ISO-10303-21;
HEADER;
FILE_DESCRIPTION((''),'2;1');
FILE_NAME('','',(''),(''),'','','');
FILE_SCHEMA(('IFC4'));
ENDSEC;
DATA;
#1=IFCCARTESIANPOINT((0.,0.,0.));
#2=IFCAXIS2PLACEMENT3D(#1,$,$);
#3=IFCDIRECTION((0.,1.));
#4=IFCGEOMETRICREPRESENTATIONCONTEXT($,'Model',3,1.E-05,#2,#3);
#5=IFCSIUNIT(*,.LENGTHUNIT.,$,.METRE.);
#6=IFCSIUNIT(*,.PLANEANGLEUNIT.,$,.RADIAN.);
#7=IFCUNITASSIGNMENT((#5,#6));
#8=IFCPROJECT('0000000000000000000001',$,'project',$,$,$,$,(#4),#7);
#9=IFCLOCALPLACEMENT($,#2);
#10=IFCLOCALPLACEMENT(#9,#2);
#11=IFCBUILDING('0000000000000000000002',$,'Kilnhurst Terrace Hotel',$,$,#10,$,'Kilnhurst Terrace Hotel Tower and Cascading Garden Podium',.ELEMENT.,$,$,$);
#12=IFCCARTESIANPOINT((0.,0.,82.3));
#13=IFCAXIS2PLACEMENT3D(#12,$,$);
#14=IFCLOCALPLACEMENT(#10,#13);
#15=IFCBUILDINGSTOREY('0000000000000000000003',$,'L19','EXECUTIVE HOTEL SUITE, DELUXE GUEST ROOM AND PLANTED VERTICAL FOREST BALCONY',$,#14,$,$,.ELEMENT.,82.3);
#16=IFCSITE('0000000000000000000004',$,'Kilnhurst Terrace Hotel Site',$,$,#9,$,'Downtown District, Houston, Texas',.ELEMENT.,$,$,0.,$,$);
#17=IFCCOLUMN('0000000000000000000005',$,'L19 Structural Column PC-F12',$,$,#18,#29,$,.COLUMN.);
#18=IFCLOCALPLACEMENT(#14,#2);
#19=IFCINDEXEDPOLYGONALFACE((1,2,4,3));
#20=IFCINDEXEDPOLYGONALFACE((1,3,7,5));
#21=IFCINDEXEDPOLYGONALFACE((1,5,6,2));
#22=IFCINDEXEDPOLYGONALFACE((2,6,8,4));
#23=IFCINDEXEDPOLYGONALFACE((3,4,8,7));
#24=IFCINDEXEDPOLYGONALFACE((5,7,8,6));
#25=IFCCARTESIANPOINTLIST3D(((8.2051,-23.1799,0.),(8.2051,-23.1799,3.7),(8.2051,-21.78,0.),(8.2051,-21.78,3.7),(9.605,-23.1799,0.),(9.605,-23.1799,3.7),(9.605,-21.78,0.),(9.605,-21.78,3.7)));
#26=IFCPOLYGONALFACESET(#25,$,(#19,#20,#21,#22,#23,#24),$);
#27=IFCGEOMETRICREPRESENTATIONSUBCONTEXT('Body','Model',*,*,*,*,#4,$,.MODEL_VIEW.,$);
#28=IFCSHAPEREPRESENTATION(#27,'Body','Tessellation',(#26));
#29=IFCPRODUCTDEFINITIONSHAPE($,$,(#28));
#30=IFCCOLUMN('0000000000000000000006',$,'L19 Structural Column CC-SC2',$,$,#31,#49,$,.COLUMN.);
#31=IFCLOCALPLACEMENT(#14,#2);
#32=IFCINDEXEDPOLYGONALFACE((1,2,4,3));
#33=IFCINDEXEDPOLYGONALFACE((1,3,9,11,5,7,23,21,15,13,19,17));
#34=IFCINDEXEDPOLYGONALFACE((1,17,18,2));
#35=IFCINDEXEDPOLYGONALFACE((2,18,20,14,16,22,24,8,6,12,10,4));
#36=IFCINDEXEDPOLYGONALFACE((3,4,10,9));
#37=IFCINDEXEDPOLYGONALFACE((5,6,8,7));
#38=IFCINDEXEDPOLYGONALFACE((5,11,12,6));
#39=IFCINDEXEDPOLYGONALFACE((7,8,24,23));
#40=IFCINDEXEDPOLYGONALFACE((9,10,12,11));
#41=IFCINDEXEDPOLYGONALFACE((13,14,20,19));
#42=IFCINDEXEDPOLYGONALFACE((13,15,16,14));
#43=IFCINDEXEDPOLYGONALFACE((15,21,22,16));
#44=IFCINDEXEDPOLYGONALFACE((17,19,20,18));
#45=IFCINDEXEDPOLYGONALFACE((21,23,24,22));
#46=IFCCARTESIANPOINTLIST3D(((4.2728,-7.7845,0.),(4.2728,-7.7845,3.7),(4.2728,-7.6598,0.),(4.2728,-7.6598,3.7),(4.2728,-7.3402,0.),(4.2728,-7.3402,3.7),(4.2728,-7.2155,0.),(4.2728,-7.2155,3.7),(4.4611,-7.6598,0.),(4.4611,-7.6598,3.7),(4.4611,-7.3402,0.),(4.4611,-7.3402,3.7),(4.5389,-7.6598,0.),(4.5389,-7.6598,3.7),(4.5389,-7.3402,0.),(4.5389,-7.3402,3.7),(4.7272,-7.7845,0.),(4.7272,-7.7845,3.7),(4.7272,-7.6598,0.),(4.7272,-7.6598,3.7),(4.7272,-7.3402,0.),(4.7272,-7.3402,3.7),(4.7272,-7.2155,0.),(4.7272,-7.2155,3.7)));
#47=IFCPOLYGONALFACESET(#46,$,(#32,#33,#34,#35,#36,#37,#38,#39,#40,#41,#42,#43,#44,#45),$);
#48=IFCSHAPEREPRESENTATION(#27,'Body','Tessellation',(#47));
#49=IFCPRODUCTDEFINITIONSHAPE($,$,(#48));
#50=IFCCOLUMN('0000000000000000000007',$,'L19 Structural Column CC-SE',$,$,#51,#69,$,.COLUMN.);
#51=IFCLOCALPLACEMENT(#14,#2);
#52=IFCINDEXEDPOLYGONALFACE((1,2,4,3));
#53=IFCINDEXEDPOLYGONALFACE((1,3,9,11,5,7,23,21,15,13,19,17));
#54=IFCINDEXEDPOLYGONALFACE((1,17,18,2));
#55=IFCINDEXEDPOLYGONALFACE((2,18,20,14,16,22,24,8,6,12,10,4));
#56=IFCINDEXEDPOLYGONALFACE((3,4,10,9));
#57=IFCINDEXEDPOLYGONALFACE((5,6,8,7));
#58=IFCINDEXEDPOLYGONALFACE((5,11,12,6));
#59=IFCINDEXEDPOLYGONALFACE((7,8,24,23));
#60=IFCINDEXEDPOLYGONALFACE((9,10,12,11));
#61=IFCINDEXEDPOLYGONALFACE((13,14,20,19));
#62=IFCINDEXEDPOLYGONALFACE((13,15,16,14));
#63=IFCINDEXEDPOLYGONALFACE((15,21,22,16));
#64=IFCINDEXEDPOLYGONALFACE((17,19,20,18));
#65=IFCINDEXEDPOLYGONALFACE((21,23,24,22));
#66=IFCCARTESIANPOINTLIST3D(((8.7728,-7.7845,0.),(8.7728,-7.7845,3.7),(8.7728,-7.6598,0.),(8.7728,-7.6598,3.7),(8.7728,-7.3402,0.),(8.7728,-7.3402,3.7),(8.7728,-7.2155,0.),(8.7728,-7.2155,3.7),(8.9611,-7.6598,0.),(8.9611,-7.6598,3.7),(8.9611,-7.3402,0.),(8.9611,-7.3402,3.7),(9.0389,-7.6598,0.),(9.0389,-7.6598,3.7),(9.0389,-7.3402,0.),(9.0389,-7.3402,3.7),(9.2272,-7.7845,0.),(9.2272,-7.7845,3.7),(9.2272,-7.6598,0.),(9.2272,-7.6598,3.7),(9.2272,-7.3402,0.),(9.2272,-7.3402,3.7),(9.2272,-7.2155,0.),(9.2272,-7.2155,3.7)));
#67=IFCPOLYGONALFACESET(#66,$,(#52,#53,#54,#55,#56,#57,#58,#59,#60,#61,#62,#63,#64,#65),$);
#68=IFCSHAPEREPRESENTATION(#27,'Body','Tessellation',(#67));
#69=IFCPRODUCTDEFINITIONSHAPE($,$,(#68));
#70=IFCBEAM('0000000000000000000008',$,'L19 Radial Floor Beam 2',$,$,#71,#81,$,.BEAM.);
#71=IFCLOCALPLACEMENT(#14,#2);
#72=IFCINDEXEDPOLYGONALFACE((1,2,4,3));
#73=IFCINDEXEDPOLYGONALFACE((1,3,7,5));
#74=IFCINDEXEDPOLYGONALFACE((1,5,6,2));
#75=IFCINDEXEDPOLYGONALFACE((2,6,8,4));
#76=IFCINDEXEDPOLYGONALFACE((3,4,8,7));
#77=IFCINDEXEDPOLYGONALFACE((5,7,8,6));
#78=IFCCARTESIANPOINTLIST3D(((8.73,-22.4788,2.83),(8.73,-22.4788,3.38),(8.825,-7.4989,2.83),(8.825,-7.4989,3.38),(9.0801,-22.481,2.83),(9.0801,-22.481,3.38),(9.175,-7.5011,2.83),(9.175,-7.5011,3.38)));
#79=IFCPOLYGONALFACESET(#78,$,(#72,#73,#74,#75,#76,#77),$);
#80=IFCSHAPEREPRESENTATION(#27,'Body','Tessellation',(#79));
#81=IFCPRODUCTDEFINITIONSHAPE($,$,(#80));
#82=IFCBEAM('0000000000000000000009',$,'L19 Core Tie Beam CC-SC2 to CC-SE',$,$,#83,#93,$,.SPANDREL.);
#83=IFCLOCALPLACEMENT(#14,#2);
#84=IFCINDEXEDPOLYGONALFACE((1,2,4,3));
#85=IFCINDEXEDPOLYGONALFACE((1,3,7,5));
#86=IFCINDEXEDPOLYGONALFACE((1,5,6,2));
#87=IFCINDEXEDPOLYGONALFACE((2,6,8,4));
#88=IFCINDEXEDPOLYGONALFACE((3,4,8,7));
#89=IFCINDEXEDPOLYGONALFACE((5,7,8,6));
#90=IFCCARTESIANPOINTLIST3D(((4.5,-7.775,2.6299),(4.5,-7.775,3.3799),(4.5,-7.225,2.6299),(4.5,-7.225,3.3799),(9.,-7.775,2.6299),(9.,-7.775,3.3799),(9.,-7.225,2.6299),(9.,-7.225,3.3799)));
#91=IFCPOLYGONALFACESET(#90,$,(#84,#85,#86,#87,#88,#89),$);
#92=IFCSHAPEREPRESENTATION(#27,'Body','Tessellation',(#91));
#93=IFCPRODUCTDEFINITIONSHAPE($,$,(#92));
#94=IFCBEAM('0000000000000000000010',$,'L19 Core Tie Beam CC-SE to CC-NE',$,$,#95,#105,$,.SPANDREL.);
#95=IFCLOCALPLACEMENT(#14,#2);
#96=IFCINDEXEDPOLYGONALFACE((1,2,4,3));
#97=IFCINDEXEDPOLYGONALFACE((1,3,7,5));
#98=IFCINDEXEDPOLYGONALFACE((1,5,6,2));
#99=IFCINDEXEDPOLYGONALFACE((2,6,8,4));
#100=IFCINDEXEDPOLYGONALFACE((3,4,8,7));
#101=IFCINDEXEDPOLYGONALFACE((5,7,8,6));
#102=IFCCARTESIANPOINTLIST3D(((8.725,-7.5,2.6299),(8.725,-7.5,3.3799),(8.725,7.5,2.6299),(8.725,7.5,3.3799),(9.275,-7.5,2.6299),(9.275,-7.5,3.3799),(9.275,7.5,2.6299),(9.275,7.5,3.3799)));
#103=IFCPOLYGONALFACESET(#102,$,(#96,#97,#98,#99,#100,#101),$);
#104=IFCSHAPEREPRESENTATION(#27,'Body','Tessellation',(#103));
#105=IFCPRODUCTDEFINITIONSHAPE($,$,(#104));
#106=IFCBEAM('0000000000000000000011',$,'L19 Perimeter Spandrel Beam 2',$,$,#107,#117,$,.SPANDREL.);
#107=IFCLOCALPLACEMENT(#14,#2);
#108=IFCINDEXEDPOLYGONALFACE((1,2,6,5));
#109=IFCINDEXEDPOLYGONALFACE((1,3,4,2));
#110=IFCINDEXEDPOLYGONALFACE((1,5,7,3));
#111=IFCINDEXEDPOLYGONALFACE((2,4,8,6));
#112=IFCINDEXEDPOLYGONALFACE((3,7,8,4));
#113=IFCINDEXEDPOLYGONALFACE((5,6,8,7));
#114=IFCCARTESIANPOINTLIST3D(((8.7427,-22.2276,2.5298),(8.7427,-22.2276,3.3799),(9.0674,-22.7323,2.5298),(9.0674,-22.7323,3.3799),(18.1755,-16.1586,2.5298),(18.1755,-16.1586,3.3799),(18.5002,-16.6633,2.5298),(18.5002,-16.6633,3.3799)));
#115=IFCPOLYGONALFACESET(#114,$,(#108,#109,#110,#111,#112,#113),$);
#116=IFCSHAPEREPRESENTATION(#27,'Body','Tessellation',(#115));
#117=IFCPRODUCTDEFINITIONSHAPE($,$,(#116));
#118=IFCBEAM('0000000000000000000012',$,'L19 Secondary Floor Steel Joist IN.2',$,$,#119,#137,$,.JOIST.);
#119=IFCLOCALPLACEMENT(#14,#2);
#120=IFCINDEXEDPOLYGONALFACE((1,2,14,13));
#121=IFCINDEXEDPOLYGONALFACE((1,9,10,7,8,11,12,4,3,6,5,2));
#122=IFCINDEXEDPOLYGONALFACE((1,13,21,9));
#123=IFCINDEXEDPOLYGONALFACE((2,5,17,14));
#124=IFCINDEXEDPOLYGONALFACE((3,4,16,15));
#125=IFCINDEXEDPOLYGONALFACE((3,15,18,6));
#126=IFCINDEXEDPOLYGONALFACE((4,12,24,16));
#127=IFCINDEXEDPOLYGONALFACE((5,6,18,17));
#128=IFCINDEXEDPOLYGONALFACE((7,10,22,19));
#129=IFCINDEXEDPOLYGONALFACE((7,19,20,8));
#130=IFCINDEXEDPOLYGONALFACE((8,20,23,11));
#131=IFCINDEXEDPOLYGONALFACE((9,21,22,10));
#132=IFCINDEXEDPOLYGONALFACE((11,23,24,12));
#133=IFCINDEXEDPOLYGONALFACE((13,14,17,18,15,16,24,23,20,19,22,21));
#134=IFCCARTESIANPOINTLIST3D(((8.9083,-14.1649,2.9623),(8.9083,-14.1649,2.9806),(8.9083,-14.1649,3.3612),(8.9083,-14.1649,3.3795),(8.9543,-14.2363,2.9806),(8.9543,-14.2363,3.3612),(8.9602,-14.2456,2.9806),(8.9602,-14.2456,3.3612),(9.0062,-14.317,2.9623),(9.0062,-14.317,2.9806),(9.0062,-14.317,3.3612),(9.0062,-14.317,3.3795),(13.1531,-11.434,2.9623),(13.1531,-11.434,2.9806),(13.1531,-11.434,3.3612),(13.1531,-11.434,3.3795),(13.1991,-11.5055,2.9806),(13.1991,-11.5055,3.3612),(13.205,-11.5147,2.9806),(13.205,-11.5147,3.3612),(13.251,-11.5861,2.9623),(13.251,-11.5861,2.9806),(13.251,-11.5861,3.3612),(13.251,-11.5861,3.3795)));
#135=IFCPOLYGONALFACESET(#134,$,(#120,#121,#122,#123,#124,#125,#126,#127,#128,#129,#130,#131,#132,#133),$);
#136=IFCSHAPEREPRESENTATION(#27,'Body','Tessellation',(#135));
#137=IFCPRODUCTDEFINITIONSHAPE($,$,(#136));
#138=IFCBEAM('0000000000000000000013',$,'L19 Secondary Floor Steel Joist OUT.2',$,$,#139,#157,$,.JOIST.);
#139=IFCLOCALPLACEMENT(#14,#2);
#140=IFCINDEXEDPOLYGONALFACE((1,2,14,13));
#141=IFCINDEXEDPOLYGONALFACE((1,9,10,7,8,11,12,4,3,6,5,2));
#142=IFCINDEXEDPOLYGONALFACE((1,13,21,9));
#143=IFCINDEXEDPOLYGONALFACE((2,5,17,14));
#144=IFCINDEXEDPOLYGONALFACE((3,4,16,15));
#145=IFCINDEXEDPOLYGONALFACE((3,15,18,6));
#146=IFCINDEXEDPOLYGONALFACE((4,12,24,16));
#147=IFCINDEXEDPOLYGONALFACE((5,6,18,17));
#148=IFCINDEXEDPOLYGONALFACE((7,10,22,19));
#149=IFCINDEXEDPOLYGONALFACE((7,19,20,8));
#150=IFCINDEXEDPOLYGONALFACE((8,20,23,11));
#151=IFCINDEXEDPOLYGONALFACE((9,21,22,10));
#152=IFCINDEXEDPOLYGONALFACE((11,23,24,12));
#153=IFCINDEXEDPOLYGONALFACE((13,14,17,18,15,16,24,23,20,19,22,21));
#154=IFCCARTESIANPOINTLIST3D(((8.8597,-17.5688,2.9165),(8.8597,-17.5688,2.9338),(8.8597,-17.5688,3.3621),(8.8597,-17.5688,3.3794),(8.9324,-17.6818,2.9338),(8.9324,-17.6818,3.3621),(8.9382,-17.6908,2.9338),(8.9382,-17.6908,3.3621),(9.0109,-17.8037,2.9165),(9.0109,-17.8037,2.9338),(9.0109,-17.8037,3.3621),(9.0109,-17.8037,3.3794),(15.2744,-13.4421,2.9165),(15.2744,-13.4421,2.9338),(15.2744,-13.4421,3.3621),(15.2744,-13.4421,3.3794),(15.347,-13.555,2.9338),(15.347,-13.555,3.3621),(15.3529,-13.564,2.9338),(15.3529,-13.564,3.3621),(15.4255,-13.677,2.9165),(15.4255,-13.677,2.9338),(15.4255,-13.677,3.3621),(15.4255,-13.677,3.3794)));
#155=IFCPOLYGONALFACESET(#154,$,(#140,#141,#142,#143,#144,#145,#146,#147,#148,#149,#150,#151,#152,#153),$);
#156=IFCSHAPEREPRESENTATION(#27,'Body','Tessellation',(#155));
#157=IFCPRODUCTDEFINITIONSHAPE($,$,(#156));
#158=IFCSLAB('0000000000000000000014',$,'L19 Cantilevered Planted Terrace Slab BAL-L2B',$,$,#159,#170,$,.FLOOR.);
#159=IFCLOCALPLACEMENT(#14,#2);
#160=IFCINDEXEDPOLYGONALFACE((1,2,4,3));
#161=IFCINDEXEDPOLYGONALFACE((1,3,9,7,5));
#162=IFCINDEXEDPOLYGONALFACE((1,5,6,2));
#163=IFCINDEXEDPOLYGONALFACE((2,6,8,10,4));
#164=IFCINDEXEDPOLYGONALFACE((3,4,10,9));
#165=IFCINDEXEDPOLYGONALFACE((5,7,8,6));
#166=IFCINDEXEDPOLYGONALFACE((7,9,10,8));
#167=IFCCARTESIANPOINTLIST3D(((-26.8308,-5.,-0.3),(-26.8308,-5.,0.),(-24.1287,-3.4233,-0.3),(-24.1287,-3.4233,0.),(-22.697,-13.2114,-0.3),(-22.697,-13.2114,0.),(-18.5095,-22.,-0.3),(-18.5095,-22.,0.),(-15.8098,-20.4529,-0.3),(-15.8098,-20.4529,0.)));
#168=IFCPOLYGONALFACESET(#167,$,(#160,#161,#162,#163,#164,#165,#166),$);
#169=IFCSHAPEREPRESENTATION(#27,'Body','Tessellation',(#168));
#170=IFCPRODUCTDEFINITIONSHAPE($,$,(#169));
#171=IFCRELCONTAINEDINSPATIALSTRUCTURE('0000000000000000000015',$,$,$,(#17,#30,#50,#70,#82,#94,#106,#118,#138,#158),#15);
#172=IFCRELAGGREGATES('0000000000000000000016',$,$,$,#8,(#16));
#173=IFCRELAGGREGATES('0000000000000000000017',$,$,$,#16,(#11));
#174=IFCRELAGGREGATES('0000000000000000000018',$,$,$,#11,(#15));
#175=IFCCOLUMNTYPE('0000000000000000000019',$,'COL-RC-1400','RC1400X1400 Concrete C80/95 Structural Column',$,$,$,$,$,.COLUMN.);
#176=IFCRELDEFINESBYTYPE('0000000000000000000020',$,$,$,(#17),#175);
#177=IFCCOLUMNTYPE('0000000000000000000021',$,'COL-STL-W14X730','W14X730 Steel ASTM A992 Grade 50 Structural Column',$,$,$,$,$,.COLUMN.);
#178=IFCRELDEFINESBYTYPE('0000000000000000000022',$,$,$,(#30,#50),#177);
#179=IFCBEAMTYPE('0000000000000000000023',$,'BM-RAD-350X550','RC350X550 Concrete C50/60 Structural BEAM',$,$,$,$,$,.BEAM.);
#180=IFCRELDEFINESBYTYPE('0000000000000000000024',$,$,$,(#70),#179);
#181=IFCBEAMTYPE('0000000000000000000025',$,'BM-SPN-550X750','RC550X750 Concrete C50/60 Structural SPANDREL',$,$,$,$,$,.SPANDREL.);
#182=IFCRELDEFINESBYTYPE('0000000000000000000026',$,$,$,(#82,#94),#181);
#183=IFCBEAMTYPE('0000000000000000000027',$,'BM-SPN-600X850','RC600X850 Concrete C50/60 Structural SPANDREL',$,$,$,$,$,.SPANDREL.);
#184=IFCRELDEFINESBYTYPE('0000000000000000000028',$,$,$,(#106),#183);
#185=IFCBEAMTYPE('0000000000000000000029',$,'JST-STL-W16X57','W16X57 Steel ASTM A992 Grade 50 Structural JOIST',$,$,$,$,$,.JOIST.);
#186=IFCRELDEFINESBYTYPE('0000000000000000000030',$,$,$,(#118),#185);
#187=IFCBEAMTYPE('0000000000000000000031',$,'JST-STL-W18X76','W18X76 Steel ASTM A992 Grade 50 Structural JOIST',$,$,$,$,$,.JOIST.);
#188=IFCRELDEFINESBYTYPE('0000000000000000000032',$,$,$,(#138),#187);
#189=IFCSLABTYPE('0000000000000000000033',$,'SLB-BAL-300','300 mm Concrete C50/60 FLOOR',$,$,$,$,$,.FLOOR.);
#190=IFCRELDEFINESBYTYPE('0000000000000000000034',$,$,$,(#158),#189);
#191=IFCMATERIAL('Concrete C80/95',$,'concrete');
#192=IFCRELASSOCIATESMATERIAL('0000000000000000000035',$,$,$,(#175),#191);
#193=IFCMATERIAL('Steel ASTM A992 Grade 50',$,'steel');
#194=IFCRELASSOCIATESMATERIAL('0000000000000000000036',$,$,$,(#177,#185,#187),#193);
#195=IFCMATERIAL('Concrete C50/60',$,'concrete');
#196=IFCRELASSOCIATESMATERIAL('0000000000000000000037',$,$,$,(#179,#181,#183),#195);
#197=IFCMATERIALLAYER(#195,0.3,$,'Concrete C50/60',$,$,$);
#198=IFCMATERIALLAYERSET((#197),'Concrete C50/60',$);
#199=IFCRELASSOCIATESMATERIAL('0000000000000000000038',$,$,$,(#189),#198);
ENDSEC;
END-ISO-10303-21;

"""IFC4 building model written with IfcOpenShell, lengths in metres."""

from ifc_helpers import new_model, si_unit, direction, frame, origin, origin_2d, place, context, subcontext, project, spatial, polyline, rectangle, i_section, outline, extrude, material, layer, layer_set, material_profile, profile_set, type_object, element, save


model = new_model("IFC4")

# Units and contexts
model_context = context("Model", 3, precision=1e-05, world=origin(), true_north=direction((0.0, 1.0)))
body_context = subcontext(model_context, "Body", "Model", "MODEL_VIEW")
ifc_project = project(units=[si_unit("LENGTHUNIT", "METRE"), si_unit("PLANEANGLEUNIT", "RADIAN")], contexts=[model_context])

# Site, building, storey
site_placement = place(None, origin())
site = spatial("IfcSite", under=ifc_project, at=site_placement, Name="Kilnhurst Terrace Hotel Site", LongName="Downtown District, Houston, Texas", CompositionType="ELEMENT", RefElevation=0.0)
building_placement = place(site_placement, origin())
building = spatial("IfcBuilding", under=site, at=building_placement, Name="Kilnhurst Terrace Hotel", LongName="Kilnhurst Terrace Hotel Tower and Cascading Garden Podium", CompositionType="ELEMENT")
storey_placement = place(building_placement, frame((0.0, 0.0, 82.3)))
storey = spatial("IfcBuildingStorey", under=building, at=storey_placement, Name="L19", Description="EXECUTIVE HOTEL SUITE, DELUXE GUEST ROOM AND PLANTED VERTICAL FOREST BALCONY", CompositionType="ELEMENT", Elevation=82.3)

# Columns
ifc_material_1 = material(Name="Concrete C80/95", Category="concrete")
ifc_material_profile_1 = material_profile(ifc_material_1, rectangle(XDim=1.3999, YDim=1.3999, at=origin_2d()), Name="RC1400X1400")
ifc_profile_set_1 = profile_set([ifc_material_profile_1], Name="Concrete C80/95")
column_type_1 = type_object("IfcColumnType", Name="COL-RC-1400", Description="RC1400X1400 Concrete C80/95 Structural Column", PredefinedType="COLUMN", material=ifc_profile_set_1)
column_placement = place(storey_placement, frame((8.905, -22.48, 0.0), z_axis=(0.0, 0.0, 1.0), x_axis=(1.0, 0.0, 0.0)))
element("IfcColumn", 1, at=column_placement, inside=storey, type_object=column_type_1, Name="L19 Structural Column PC-F12", PredefinedType="COLUMN", context=body_context, shape_type="SweptSolid", body=[
    extrude(rectangle(XDim=1.3999, YDim=1.3999, at=origin_2d()), origin(), (0.0, 0.0, 1.0), 3.7),
])
ifc_material_2 = material(Name="Steel ASTM A992 Grade 50", Category="steel")
ifc_material_profile_2 = material_profile(ifc_material_2, i_section(OverallWidth=0.4543, OverallDepth=0.5691, WebThickness=0.0779, FlangeThickness=0.1248, at=origin_2d()), Name="W14X730")
ifc_profile_set_2 = profile_set([ifc_material_profile_2], Name="Steel ASTM A992 Grade 50")
column_type_2 = type_object("IfcColumnType", Name="COL-STL-W14X730", Description="W14X730 Steel ASTM A992 Grade 50 Structural Column", PredefinedType="COLUMN", material=ifc_profile_set_2)
for number, where, z_axis, x_axis, name in (
    (2, (4.5, -7.5, 0.0), (0.0, 0.0, 1.0), (1.0, 0.0, 0.0), "L19 Structural Column CC-SC2"),
    (3, (9.0, -7.5, 0.0), (0.0, 0.0, 1.0), (1.0, 0.0, 0.0), "L19 Structural Column CC-SE"),
):
    element("IfcColumn", number, at=place(storey_placement, frame(where, z_axis=z_axis, x_axis=x_axis)), inside=storey, type_object=column_type_2, Name=name, PredefinedType="COLUMN", context=body_context, shape_type="SweptSolid", body=[
        extrude(i_section(OverallWidth=0.4543, OverallDepth=0.5691, WebThickness=0.0779, FlangeThickness=0.1248, at=origin_2d()), origin(), (0.0, 0.0, 1.0), 3.7),
    ])

# Beams
ifc_material_3 = material(Name="Concrete C50/60", Category="concrete")
ifc_material_profile_3 = material_profile(ifc_material_3, rectangle(XDim=0.3501, YDim=0.55, at=origin_2d()), Name="RC350X550")
ifc_profile_set_3 = profile_set([ifc_material_profile_3], Name="Concrete C50/60")
beam_type_1 = type_object("IfcBeamType", Name="BM-RAD-350X550", Description="RC350X550 Concrete C50/60 Structural BEAM", PredefinedType="BEAM", material=ifc_profile_set_3)
beam_1_placement = place(storey_placement, frame((9.0, -7.5, 3.105), z_axis=(-0.00634, -0.99998, 0.0), x_axis=(0.99998, -0.00634, 0.0)))
element("IfcBeam", 4, at=beam_1_placement, inside=storey, type_object=beam_type_1, Name="L19 Radial Floor Beam 2", PredefinedType="BEAM", context=body_context, shape_type="SweptSolid", body=[
    extrude(rectangle(XDim=0.3501, YDim=0.55, at=origin_2d()), origin(), (0.0, 0.0, 1.0), 14.9802),
])
ifc_material_profile_4 = material_profile(ifc_material_3, rectangle(XDim=0.55, YDim=0.75, at=origin_2d()), Name="RC550X750")
ifc_profile_set_4 = profile_set([ifc_material_profile_4], Name="Concrete C50/60")
beam_type_2 = type_object("IfcBeamType", Name="BM-SPN-550X750", Description="RC550X750 Concrete C50/60 Structural SPANDREL", PredefinedType="SPANDREL", material=ifc_profile_set_4)
beam_2_placement = place(storey_placement, frame((4.5, -7.5, 3.0049), z_axis=(1.0, 0.0, 0.0), x_axis=(0.0, 1.0, 0.0)))
element("IfcBeam", 5, at=beam_2_placement, inside=storey, type_object=beam_type_2, Name="L19 Core Tie Beam CC-SC2 to CC-SE", PredefinedType="SPANDREL", context=body_context, shape_type="SweptSolid", body=[
    extrude(rectangle(XDim=0.55, YDim=0.75, at=origin_2d()), origin(), (0.0, 0.0, 1.0), 4.5),
])
beam_3_placement = place(storey_placement, frame((9.0, -7.5, 3.0049), z_axis=(0.0, 1.0, 0.0), x_axis=(-1.0, 0.0, 0.0)))
element("IfcBeam", 6, at=beam_3_placement, inside=storey, type_object=beam_type_2, Name="L19 Core Tie Beam CC-SE to CC-NE", PredefinedType="SPANDREL", context=body_context, shape_type="SweptSolid", body=[
    extrude(rectangle(XDim=0.55, YDim=0.75, at=origin_2d()), origin(), (0.0, 0.0, 1.0), 15.0),
])
ifc_material_profile_5 = material_profile(ifc_material_3, rectangle(XDim=0.6001, YDim=0.8501, at=origin_2d()), Name="RC600X850")
ifc_profile_set_5 = profile_set([ifc_material_profile_5], Name="Concrete C50/60")
beam_type_3 = type_object("IfcBeamType", Name="BM-SPN-600X850", Description="RC600X850 Concrete C50/60 Structural SPANDREL", PredefinedType="SPANDREL", material=ifc_profile_set_5)
beam_4_placement = place(storey_placement, frame((8.905, -22.48, 2.9548), z_axis=(0.840971, 0.54108, 0.0), x_axis=(-0.54108, 0.840971, 0.0)))
element("IfcBeam", 7, at=beam_4_placement, inside=storey, type_object=beam_type_3, Name="L19 Perimeter Spandrel Beam 2", PredefinedType="SPANDREL", context=body_context, shape_type="SweptSolid", body=[
    extrude(rectangle(XDim=0.6001, YDim=0.8501, at=origin_2d()), origin(), (0.0, 0.0, 1.0), 11.2166),
])
ifc_material_profile_6 = material_profile(ifc_material_2, i_section(OverallWidth=0.1809, OverallDepth=0.4172, WebThickness=0.011, FlangeThickness=0.0183, at=origin_2d()), Name="W16X57")
ifc_profile_set_6 = profile_set([ifc_material_profile_6], Name="Steel ASTM A992 Grade 50")
beam_type_4 = type_object("IfcBeamType", Name="JST-STL-W16X57", Description="W16X57 Steel ASTM A992 Grade 50 Structural JOIST", PredefinedType="JOIST", material=ifc_profile_set_6)
beam_5_placement = place(storey_placement, frame((8.9573, -14.241, 3.1709), z_axis=(0.840988, 0.541053, 0.0), x_axis=(-0.541053, 0.840988, 0.0)))
element("IfcBeam", 8, at=beam_5_placement, inside=storey, type_object=beam_type_4, Name="L19 Secondary Floor Steel Joist IN.2", PredefinedType="JOIST", context=body_context, shape_type="SweptSolid", body=[
    extrude(i_section(OverallWidth=0.1809, OverallDepth=0.4172, WebThickness=0.011, FlangeThickness=0.0183, at=origin_2d()), origin(), (0.0, 0.0, 1.0), 5.0474),
])
ifc_material_profile_7 = material_profile(ifc_material_2, i_section(OverallWidth=0.2793, OverallDepth=0.4629, WebThickness=0.0107, FlangeThickness=0.0173, at=origin_2d()), Name="W18X76")
ifc_profile_set_7 = profile_set([ifc_material_profile_7], Name="Steel ASTM A992 Grade 50")
beam_type_5 = type_object("IfcBeamType", Name="JST-STL-W18X76", Description="W18X76 Steel ASTM A992 Grade 50 Structural JOIST", PredefinedType="JOIST", material=ifc_profile_set_7)
beam_6_placement = place(storey_placement, frame((8.9353, -17.6863, 3.1479), z_axis=(0.840995, 0.541042, 0.0), x_axis=(-0.541042, 0.840995, 0.0)))
element("IfcBeam", 9, at=beam_6_placement, inside=storey, type_object=beam_type_5, Name="L19 Secondary Floor Steel Joist OUT.2", PredefinedType="JOIST", context=body_context, shape_type="SweptSolid", body=[
    extrude(i_section(OverallWidth=0.2793, OverallDepth=0.4629, WebThickness=0.0107, FlangeThickness=0.0173, at=origin_2d()), origin(), (0.0, 0.0, 1.0), 7.6274),
])

# Slab
ifc_layer_1 = layer(ifc_material_3, 0.3, Name="Concrete C50/60")
ifc_layer_set_1 = layer_set([ifc_layer_1], Name="Concrete C50/60")
slab_type_1 = type_object("IfcSlabType", Name="SLB-BAL-300", Description="300 mm Concrete C50/60 FLOOR", PredefinedType="FLOOR", material=ifc_layer_set_1)
slab_1_placement = place(storey_placement, frame((0.0, 0.0, -0.3)))
element("IfcSlab", 10, at=slab_1_placement, inside=storey, type_object=slab_type_1, Name="L19 Cantilevered Planted Terrace Slab BAL-L2B", PredefinedType="FLOOR", context=body_context, shape_type="SweptSolid", body=[
    extrude(outline(polyline([(-26.8308, -5.0), (-24.1287, -3.4233), (-15.8098, -20.4529), (-18.5095, -22.0), (-22.697, -13.2114), (-26.8308, -5.0)])), origin(), (0.0, 0.0, 1.0), 0.3),
])

save(model, "model.ifc")
